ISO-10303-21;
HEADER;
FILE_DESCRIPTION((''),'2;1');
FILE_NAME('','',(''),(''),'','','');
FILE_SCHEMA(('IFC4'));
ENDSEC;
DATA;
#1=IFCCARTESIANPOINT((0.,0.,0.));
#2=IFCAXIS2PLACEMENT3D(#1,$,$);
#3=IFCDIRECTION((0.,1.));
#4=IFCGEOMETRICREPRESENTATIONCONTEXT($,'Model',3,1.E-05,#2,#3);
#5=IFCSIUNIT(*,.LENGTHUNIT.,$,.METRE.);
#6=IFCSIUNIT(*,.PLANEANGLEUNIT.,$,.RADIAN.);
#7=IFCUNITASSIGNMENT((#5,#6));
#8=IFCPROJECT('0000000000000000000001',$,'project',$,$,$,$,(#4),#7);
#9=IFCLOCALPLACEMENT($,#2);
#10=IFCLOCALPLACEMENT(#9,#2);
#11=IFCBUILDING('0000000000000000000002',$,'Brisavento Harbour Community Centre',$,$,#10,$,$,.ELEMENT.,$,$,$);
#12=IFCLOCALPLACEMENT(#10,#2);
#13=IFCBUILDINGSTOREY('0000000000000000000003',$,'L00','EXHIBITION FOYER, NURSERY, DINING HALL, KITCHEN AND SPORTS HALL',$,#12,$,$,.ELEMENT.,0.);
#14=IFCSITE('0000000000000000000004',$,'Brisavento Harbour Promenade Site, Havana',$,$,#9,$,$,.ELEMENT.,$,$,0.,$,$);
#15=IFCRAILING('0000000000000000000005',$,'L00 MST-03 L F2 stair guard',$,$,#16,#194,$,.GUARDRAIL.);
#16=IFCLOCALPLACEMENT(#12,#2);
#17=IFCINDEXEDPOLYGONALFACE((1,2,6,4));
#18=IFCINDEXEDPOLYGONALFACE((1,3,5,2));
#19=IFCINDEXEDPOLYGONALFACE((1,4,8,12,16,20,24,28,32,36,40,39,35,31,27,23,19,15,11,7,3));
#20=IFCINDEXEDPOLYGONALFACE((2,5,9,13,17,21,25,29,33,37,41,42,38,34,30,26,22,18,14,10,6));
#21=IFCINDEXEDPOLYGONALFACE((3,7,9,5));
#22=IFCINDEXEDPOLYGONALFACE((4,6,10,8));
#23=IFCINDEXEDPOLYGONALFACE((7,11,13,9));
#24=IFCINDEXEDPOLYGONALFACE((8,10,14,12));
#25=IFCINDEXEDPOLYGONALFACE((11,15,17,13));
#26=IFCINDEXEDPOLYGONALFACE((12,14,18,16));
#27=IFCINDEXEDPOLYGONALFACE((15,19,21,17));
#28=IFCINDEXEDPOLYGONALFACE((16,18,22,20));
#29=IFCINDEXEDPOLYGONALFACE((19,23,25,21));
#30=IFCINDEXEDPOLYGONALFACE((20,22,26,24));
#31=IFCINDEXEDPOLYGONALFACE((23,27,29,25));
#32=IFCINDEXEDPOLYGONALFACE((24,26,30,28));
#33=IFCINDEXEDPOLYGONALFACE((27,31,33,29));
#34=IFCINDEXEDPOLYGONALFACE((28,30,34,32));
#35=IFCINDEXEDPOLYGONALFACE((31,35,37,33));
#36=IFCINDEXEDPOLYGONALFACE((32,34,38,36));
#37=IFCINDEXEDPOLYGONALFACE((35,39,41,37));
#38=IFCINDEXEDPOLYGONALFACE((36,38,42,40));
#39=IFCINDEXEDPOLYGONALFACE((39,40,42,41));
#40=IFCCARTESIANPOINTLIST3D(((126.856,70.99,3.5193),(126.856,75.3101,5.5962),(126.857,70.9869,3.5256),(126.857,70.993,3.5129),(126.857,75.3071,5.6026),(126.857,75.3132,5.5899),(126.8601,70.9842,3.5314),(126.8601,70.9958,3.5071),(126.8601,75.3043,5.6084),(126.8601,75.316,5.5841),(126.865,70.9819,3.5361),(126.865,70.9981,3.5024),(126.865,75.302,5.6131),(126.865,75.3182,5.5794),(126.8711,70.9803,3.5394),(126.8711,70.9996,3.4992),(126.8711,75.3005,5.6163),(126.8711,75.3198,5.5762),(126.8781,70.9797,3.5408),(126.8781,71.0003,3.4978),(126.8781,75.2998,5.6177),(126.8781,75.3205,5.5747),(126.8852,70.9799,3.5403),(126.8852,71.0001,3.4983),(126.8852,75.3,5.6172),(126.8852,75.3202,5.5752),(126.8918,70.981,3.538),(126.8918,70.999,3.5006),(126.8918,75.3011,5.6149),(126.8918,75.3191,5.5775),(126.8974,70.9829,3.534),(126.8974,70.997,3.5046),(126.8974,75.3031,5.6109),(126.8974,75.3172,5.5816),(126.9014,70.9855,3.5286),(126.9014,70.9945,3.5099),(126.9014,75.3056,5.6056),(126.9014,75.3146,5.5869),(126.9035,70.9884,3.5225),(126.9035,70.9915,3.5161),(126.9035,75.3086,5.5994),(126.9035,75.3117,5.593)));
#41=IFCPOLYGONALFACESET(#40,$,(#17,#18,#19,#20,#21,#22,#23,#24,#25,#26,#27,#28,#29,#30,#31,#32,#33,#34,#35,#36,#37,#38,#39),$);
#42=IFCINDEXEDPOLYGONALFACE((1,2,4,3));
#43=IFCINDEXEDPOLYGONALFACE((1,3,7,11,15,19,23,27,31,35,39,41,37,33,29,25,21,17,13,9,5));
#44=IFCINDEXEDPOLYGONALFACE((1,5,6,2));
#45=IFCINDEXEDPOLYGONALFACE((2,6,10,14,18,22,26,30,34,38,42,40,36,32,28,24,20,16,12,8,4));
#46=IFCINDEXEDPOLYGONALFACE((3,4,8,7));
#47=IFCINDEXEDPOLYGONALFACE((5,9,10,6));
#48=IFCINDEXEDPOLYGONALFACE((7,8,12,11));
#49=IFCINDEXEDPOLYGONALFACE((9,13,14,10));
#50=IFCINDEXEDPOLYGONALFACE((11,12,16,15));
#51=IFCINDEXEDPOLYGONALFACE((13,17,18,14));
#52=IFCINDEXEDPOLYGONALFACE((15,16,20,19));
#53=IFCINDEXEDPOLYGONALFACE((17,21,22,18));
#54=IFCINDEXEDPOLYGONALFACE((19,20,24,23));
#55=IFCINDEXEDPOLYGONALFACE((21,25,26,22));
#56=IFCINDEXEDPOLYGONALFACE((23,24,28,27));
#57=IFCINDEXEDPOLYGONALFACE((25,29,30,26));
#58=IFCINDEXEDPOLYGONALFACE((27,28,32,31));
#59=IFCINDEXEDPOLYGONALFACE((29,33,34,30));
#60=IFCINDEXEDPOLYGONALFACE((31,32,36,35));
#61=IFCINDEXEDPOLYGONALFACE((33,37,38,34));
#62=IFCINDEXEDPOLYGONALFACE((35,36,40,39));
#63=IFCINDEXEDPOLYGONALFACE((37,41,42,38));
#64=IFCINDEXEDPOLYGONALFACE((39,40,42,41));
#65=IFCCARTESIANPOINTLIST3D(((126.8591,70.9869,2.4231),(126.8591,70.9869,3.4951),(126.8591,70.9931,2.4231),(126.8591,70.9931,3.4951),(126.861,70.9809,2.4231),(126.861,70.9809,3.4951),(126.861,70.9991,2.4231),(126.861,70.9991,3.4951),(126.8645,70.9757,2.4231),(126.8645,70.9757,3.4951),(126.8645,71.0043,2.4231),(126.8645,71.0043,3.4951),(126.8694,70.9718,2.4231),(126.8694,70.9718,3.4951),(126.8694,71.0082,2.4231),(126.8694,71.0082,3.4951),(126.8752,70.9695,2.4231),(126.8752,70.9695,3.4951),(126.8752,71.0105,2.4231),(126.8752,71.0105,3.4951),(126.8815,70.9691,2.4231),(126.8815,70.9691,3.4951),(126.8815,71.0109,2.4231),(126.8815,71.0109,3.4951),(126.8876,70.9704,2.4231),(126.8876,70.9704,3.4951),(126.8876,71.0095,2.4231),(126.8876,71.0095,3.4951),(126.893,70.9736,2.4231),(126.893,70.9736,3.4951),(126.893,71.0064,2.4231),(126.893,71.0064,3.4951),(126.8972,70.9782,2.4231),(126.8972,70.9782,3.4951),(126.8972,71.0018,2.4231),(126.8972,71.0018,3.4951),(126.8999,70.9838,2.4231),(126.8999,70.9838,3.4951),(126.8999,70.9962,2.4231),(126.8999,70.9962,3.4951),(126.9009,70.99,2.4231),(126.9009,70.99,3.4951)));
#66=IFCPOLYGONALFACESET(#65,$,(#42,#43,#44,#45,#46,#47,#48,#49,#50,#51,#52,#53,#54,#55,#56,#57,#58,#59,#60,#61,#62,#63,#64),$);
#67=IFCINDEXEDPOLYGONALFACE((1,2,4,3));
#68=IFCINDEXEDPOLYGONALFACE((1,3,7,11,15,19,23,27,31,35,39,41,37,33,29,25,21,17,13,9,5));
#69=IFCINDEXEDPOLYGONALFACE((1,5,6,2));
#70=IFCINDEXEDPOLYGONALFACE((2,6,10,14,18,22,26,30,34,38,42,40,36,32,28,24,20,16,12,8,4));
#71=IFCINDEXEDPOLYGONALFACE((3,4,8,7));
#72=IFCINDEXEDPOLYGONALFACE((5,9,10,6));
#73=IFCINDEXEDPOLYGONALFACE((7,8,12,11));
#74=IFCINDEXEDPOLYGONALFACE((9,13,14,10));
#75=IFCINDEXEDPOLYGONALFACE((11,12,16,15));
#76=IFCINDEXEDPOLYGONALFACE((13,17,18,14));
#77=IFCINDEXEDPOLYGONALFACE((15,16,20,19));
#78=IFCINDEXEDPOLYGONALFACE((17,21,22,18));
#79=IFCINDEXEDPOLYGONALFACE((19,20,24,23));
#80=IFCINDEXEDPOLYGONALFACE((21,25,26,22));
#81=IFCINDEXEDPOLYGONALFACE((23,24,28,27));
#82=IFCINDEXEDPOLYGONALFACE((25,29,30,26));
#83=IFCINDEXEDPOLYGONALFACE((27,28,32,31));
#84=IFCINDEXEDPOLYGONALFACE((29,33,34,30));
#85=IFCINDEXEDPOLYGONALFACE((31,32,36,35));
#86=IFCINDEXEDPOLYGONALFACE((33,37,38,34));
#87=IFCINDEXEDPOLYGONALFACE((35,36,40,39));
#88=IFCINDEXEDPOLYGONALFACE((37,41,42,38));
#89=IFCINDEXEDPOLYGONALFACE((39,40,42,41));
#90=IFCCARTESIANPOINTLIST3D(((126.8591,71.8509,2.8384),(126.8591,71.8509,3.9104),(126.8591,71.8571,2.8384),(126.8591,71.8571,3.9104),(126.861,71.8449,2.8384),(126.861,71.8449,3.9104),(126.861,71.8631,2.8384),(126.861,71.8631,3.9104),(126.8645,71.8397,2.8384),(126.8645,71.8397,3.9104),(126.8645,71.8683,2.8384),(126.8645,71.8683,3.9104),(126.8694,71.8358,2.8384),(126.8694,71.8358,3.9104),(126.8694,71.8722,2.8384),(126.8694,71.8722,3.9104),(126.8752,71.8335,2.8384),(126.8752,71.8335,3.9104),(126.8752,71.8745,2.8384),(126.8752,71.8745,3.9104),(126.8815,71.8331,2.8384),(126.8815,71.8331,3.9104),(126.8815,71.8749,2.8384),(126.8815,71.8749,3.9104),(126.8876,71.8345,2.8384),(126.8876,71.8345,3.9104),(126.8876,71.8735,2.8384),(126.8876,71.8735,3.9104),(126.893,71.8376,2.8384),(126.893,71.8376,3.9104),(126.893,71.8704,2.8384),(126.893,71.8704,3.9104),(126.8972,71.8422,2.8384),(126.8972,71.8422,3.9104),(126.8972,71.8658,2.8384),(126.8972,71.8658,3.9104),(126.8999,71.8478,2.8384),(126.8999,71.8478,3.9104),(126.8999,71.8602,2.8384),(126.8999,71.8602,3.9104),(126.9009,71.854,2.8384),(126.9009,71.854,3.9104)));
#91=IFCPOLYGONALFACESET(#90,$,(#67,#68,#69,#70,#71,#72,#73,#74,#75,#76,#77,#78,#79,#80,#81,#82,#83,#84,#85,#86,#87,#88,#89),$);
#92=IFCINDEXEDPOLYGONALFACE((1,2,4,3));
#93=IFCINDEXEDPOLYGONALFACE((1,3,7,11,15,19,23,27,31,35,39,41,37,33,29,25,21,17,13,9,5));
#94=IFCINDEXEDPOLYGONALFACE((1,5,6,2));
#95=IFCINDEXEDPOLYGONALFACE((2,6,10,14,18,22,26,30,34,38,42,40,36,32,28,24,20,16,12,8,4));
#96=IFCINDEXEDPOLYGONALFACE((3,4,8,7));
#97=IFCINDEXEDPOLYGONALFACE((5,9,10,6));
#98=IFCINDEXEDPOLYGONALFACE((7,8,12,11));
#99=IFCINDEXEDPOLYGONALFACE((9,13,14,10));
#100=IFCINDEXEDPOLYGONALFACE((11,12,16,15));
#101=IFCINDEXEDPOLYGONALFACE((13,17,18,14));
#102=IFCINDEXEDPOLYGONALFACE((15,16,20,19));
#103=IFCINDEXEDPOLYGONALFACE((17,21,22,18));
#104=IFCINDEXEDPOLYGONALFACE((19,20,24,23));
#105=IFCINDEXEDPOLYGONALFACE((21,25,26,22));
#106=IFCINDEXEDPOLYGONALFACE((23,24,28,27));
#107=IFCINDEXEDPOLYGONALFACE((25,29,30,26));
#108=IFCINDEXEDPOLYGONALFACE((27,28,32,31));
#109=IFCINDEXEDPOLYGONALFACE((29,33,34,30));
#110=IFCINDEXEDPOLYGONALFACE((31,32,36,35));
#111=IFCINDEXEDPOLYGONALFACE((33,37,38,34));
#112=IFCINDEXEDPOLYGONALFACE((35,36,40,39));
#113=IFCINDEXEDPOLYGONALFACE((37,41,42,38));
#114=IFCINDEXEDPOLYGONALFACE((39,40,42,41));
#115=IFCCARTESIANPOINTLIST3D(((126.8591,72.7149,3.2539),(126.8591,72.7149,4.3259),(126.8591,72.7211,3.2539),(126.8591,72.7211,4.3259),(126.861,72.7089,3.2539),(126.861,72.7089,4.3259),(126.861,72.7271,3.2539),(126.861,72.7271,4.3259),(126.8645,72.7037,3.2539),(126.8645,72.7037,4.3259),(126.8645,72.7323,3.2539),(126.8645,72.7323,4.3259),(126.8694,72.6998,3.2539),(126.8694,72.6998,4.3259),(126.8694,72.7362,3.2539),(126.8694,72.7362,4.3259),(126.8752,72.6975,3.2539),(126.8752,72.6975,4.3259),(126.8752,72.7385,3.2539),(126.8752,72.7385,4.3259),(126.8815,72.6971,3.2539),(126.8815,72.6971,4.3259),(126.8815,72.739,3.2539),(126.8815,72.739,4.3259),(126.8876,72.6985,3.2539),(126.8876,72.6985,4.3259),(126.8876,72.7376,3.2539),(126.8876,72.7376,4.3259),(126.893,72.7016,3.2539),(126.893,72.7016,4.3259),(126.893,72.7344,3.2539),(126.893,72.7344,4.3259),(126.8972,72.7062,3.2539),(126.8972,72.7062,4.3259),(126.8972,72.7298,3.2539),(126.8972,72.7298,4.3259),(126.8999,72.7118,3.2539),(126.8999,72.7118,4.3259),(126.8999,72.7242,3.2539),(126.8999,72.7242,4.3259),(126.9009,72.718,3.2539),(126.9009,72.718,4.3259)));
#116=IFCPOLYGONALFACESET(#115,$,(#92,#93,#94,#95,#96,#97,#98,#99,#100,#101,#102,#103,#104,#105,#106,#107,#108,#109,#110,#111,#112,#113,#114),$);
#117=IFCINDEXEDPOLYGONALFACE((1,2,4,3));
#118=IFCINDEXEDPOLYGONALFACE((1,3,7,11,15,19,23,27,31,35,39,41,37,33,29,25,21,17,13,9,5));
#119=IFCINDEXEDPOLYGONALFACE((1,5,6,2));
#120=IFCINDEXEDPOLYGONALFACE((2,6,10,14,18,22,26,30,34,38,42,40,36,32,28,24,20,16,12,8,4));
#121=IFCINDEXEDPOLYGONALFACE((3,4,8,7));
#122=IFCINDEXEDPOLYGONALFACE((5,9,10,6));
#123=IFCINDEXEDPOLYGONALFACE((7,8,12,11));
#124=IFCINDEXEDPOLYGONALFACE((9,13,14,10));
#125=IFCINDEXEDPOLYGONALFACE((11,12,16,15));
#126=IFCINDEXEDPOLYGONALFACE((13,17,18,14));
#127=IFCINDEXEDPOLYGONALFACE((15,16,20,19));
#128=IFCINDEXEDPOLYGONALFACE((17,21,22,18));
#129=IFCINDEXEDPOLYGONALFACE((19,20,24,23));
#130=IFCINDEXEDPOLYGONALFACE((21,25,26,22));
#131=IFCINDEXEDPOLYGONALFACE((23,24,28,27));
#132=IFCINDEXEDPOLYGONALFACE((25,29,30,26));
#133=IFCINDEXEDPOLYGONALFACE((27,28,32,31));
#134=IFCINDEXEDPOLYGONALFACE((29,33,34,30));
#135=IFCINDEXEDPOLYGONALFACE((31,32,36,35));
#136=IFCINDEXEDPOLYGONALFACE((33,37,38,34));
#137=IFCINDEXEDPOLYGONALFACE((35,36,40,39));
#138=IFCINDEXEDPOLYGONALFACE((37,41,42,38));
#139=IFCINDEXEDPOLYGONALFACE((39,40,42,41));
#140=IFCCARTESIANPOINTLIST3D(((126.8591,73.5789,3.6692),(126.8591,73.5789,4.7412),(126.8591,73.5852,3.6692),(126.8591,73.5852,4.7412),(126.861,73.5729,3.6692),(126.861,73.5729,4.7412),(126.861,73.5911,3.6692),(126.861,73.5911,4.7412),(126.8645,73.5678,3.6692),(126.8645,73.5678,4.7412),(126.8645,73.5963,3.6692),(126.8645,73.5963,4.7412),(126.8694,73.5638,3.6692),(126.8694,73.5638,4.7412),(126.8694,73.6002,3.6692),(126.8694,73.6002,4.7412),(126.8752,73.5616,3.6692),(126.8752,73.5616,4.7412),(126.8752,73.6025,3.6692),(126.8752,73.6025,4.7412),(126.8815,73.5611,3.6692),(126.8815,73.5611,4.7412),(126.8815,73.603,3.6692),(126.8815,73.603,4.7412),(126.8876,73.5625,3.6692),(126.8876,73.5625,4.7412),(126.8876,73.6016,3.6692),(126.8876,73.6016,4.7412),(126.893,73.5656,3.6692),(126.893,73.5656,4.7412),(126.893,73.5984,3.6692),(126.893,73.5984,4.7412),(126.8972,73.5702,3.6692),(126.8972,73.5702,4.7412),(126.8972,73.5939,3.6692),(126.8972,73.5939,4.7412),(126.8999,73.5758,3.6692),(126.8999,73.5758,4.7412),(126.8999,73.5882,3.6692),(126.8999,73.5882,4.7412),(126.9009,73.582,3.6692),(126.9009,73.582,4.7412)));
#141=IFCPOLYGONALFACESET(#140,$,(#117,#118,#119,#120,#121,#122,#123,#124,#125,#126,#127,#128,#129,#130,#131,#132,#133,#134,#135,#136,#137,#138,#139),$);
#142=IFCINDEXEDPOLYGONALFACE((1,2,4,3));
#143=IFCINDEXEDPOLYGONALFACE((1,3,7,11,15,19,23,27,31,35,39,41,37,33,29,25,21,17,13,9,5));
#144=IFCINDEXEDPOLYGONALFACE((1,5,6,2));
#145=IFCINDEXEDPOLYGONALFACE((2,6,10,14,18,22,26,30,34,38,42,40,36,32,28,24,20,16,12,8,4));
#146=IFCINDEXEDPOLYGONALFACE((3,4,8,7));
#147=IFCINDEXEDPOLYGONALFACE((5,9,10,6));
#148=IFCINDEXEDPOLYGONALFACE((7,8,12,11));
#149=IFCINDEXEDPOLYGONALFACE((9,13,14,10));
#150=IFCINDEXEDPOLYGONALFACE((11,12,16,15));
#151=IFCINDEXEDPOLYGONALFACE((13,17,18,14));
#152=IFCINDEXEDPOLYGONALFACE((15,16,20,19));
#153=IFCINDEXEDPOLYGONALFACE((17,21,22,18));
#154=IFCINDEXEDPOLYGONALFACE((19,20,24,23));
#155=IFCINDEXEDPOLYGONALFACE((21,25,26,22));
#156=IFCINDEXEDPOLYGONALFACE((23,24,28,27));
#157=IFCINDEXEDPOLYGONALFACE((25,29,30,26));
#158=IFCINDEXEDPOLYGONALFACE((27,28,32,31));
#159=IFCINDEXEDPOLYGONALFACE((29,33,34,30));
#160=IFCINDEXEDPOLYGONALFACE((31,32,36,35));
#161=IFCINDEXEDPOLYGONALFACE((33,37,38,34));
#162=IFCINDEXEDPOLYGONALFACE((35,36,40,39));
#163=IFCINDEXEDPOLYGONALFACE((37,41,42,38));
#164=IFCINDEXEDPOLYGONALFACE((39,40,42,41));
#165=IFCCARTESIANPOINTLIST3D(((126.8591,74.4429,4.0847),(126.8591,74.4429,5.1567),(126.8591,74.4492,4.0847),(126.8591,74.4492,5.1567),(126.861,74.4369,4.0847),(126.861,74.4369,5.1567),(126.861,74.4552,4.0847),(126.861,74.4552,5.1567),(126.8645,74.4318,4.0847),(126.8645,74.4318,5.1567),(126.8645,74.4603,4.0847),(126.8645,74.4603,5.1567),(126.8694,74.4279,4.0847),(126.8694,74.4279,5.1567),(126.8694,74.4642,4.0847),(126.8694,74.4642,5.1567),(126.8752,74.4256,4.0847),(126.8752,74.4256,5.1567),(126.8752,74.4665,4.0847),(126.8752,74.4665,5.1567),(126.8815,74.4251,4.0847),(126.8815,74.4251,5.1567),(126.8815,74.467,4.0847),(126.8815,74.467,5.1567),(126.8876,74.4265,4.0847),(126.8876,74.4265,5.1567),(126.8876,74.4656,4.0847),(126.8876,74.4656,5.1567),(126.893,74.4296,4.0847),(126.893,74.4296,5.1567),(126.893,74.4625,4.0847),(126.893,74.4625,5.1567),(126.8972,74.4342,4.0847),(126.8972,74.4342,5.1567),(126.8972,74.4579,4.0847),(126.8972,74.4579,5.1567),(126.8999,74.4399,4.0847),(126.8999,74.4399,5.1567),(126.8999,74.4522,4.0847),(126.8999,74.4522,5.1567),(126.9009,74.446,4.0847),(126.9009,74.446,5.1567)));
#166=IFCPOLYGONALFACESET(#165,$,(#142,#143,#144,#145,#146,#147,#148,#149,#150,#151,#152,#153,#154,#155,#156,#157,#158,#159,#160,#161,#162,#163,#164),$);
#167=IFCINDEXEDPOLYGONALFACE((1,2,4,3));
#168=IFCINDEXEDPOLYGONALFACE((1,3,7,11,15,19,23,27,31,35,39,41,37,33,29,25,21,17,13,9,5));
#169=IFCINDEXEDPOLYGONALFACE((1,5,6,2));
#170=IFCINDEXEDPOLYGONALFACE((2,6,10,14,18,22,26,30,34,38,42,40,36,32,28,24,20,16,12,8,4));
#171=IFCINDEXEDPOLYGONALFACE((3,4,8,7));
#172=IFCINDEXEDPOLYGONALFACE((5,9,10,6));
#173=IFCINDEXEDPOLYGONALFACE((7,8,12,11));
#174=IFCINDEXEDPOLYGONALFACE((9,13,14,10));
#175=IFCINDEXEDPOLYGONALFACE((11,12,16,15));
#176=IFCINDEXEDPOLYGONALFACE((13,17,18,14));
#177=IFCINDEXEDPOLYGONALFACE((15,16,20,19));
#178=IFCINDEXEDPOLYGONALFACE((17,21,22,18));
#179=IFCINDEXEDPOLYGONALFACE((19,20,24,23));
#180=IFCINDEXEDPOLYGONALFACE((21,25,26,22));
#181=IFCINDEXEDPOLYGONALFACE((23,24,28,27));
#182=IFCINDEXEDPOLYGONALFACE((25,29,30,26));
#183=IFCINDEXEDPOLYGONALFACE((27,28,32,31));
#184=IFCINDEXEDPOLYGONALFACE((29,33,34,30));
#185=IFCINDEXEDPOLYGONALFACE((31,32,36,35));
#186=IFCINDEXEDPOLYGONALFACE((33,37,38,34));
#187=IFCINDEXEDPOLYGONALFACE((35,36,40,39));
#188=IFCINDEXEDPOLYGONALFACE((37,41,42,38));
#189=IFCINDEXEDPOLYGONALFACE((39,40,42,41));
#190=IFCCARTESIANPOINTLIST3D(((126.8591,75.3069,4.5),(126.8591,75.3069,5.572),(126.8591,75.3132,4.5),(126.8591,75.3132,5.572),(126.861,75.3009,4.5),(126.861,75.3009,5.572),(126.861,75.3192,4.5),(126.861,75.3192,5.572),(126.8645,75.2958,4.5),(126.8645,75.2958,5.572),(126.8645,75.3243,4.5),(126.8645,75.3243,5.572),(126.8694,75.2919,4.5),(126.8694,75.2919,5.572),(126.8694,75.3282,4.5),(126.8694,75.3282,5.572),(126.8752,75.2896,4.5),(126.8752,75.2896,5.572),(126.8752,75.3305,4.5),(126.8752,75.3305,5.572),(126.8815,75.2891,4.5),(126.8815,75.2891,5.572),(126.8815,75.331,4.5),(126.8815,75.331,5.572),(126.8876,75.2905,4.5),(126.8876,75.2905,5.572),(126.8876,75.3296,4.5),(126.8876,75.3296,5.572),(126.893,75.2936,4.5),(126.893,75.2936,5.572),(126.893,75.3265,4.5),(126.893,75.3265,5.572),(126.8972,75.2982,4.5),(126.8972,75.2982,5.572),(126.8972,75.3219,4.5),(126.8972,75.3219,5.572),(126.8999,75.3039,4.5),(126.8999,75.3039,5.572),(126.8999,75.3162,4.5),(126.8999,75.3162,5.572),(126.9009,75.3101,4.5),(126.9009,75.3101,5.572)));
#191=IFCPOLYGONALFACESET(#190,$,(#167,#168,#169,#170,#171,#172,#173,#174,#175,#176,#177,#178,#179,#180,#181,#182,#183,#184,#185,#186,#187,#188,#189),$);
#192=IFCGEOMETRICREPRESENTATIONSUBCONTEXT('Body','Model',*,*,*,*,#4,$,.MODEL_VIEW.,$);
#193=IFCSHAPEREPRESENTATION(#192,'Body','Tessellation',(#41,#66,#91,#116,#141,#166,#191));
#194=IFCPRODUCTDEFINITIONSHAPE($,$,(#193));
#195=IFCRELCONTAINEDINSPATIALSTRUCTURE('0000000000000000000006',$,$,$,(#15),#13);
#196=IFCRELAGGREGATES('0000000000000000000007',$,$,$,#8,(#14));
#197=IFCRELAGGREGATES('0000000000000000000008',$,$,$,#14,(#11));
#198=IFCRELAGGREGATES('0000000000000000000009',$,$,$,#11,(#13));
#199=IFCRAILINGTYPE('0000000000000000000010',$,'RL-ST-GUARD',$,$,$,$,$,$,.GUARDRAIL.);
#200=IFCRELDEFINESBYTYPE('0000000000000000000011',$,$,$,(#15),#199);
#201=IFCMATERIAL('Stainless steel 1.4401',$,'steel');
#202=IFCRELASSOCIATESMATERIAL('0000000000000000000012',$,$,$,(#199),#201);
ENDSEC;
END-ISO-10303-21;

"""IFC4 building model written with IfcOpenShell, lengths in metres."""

from ifc_helpers import new_model, si_unit, direction, frame, origin, origin_2d, place, context, subcontext, project, spatial, circle, extrude, material, type_object, element, save


model = new_model("IFC4")

# Units and contexts
model_context = context("Model", 3, precision=1e-05, world=origin(), true_north=direction((0.0, 1.0)))
body_context = subcontext(model_context, "Body", "Model", "MODEL_VIEW")
ifc_project = project(units=[si_unit("LENGTHUNIT", "METRE"), si_unit("PLANEANGLEUNIT", "RADIAN")], contexts=[model_context])

# Site, building, storey
site_placement = place(None, origin())
site = spatial("IfcSite", under=ifc_project, at=site_placement, Name="Brisavento Harbour Promenade Site, Havana", CompositionType="ELEMENT", RefElevation=0.0)
building_placement = place(site_placement, origin())
building = spatial("IfcBuilding", under=site, at=building_placement, Name="Brisavento Harbour Community Centre", CompositionType="ELEMENT")
storey_placement = place(building_placement, origin())
storey = spatial("IfcBuildingStorey", under=building, at=storey_placement, Name="L00", Description="EXHIBITION FOYER, NURSERY, DINING HALL, KITCHEN AND SPORTS HALL", CompositionType="ELEMENT", Elevation=0.0)

# Railing
ifc_material_1 = material(Name="Stainless steel 1.4401", Category="steel")
railing_type = type_object("IfcRailingType", Name="RL-ST-GUARD", PredefinedType="GUARDRAIL", material=ifc_material_1)
railing_1_placement = place(storey_placement, frame((126.8799, 70.99, 2.4231)))
element("IfcRailing", 1, at=railing_1_placement, inside=storey, type_object=railing_type, Name="L00 MST-03 L F2 stair guard", PredefinedType="GUARDRAIL", context=body_context, shape_type="SweptSolid", body=[
    extrude(circle(Radius=0.0239, at=origin_2d()), frame((0.0, 0.0, 1.0962), z_axis=(0.0, 0.901257, 0.433286), x_axis=(-1.0, 0.0, 0.0)), (0.0, 0.0, 1.0), 4.7935),
    extrude(circle(Radius=0.021, at=origin_2d()), origin(), (0.0, 0.0, 1.0), 1.072),
    extrude(circle(Radius=0.021, at=origin_2d()), frame((0.0, 0.864, 0.4153)), (0.0, 0.0, 1.0), 1.072),
    extrude(circle(Radius=0.021, at=origin_2d()), frame((0.0, 1.728, 0.8308)), (0.0, 0.0, 1.0), 1.072),
    extrude(circle(Radius=0.021, at=origin_2d()), frame((0.0, 2.592, 1.2461)), (0.0, 0.0, 1.0), 1.072),
    extrude(circle(Radius=0.021, at=origin_2d()), frame((0.0, 3.4561, 1.6616)), (0.0, 0.0, 1.0), 1.072),
    extrude(circle(Radius=0.021, at=origin_2d()), frame((0.0, 4.3201, 2.0769)), (0.0, 0.0, 1.0), 1.072),
])

save(model, "model.ifc")
